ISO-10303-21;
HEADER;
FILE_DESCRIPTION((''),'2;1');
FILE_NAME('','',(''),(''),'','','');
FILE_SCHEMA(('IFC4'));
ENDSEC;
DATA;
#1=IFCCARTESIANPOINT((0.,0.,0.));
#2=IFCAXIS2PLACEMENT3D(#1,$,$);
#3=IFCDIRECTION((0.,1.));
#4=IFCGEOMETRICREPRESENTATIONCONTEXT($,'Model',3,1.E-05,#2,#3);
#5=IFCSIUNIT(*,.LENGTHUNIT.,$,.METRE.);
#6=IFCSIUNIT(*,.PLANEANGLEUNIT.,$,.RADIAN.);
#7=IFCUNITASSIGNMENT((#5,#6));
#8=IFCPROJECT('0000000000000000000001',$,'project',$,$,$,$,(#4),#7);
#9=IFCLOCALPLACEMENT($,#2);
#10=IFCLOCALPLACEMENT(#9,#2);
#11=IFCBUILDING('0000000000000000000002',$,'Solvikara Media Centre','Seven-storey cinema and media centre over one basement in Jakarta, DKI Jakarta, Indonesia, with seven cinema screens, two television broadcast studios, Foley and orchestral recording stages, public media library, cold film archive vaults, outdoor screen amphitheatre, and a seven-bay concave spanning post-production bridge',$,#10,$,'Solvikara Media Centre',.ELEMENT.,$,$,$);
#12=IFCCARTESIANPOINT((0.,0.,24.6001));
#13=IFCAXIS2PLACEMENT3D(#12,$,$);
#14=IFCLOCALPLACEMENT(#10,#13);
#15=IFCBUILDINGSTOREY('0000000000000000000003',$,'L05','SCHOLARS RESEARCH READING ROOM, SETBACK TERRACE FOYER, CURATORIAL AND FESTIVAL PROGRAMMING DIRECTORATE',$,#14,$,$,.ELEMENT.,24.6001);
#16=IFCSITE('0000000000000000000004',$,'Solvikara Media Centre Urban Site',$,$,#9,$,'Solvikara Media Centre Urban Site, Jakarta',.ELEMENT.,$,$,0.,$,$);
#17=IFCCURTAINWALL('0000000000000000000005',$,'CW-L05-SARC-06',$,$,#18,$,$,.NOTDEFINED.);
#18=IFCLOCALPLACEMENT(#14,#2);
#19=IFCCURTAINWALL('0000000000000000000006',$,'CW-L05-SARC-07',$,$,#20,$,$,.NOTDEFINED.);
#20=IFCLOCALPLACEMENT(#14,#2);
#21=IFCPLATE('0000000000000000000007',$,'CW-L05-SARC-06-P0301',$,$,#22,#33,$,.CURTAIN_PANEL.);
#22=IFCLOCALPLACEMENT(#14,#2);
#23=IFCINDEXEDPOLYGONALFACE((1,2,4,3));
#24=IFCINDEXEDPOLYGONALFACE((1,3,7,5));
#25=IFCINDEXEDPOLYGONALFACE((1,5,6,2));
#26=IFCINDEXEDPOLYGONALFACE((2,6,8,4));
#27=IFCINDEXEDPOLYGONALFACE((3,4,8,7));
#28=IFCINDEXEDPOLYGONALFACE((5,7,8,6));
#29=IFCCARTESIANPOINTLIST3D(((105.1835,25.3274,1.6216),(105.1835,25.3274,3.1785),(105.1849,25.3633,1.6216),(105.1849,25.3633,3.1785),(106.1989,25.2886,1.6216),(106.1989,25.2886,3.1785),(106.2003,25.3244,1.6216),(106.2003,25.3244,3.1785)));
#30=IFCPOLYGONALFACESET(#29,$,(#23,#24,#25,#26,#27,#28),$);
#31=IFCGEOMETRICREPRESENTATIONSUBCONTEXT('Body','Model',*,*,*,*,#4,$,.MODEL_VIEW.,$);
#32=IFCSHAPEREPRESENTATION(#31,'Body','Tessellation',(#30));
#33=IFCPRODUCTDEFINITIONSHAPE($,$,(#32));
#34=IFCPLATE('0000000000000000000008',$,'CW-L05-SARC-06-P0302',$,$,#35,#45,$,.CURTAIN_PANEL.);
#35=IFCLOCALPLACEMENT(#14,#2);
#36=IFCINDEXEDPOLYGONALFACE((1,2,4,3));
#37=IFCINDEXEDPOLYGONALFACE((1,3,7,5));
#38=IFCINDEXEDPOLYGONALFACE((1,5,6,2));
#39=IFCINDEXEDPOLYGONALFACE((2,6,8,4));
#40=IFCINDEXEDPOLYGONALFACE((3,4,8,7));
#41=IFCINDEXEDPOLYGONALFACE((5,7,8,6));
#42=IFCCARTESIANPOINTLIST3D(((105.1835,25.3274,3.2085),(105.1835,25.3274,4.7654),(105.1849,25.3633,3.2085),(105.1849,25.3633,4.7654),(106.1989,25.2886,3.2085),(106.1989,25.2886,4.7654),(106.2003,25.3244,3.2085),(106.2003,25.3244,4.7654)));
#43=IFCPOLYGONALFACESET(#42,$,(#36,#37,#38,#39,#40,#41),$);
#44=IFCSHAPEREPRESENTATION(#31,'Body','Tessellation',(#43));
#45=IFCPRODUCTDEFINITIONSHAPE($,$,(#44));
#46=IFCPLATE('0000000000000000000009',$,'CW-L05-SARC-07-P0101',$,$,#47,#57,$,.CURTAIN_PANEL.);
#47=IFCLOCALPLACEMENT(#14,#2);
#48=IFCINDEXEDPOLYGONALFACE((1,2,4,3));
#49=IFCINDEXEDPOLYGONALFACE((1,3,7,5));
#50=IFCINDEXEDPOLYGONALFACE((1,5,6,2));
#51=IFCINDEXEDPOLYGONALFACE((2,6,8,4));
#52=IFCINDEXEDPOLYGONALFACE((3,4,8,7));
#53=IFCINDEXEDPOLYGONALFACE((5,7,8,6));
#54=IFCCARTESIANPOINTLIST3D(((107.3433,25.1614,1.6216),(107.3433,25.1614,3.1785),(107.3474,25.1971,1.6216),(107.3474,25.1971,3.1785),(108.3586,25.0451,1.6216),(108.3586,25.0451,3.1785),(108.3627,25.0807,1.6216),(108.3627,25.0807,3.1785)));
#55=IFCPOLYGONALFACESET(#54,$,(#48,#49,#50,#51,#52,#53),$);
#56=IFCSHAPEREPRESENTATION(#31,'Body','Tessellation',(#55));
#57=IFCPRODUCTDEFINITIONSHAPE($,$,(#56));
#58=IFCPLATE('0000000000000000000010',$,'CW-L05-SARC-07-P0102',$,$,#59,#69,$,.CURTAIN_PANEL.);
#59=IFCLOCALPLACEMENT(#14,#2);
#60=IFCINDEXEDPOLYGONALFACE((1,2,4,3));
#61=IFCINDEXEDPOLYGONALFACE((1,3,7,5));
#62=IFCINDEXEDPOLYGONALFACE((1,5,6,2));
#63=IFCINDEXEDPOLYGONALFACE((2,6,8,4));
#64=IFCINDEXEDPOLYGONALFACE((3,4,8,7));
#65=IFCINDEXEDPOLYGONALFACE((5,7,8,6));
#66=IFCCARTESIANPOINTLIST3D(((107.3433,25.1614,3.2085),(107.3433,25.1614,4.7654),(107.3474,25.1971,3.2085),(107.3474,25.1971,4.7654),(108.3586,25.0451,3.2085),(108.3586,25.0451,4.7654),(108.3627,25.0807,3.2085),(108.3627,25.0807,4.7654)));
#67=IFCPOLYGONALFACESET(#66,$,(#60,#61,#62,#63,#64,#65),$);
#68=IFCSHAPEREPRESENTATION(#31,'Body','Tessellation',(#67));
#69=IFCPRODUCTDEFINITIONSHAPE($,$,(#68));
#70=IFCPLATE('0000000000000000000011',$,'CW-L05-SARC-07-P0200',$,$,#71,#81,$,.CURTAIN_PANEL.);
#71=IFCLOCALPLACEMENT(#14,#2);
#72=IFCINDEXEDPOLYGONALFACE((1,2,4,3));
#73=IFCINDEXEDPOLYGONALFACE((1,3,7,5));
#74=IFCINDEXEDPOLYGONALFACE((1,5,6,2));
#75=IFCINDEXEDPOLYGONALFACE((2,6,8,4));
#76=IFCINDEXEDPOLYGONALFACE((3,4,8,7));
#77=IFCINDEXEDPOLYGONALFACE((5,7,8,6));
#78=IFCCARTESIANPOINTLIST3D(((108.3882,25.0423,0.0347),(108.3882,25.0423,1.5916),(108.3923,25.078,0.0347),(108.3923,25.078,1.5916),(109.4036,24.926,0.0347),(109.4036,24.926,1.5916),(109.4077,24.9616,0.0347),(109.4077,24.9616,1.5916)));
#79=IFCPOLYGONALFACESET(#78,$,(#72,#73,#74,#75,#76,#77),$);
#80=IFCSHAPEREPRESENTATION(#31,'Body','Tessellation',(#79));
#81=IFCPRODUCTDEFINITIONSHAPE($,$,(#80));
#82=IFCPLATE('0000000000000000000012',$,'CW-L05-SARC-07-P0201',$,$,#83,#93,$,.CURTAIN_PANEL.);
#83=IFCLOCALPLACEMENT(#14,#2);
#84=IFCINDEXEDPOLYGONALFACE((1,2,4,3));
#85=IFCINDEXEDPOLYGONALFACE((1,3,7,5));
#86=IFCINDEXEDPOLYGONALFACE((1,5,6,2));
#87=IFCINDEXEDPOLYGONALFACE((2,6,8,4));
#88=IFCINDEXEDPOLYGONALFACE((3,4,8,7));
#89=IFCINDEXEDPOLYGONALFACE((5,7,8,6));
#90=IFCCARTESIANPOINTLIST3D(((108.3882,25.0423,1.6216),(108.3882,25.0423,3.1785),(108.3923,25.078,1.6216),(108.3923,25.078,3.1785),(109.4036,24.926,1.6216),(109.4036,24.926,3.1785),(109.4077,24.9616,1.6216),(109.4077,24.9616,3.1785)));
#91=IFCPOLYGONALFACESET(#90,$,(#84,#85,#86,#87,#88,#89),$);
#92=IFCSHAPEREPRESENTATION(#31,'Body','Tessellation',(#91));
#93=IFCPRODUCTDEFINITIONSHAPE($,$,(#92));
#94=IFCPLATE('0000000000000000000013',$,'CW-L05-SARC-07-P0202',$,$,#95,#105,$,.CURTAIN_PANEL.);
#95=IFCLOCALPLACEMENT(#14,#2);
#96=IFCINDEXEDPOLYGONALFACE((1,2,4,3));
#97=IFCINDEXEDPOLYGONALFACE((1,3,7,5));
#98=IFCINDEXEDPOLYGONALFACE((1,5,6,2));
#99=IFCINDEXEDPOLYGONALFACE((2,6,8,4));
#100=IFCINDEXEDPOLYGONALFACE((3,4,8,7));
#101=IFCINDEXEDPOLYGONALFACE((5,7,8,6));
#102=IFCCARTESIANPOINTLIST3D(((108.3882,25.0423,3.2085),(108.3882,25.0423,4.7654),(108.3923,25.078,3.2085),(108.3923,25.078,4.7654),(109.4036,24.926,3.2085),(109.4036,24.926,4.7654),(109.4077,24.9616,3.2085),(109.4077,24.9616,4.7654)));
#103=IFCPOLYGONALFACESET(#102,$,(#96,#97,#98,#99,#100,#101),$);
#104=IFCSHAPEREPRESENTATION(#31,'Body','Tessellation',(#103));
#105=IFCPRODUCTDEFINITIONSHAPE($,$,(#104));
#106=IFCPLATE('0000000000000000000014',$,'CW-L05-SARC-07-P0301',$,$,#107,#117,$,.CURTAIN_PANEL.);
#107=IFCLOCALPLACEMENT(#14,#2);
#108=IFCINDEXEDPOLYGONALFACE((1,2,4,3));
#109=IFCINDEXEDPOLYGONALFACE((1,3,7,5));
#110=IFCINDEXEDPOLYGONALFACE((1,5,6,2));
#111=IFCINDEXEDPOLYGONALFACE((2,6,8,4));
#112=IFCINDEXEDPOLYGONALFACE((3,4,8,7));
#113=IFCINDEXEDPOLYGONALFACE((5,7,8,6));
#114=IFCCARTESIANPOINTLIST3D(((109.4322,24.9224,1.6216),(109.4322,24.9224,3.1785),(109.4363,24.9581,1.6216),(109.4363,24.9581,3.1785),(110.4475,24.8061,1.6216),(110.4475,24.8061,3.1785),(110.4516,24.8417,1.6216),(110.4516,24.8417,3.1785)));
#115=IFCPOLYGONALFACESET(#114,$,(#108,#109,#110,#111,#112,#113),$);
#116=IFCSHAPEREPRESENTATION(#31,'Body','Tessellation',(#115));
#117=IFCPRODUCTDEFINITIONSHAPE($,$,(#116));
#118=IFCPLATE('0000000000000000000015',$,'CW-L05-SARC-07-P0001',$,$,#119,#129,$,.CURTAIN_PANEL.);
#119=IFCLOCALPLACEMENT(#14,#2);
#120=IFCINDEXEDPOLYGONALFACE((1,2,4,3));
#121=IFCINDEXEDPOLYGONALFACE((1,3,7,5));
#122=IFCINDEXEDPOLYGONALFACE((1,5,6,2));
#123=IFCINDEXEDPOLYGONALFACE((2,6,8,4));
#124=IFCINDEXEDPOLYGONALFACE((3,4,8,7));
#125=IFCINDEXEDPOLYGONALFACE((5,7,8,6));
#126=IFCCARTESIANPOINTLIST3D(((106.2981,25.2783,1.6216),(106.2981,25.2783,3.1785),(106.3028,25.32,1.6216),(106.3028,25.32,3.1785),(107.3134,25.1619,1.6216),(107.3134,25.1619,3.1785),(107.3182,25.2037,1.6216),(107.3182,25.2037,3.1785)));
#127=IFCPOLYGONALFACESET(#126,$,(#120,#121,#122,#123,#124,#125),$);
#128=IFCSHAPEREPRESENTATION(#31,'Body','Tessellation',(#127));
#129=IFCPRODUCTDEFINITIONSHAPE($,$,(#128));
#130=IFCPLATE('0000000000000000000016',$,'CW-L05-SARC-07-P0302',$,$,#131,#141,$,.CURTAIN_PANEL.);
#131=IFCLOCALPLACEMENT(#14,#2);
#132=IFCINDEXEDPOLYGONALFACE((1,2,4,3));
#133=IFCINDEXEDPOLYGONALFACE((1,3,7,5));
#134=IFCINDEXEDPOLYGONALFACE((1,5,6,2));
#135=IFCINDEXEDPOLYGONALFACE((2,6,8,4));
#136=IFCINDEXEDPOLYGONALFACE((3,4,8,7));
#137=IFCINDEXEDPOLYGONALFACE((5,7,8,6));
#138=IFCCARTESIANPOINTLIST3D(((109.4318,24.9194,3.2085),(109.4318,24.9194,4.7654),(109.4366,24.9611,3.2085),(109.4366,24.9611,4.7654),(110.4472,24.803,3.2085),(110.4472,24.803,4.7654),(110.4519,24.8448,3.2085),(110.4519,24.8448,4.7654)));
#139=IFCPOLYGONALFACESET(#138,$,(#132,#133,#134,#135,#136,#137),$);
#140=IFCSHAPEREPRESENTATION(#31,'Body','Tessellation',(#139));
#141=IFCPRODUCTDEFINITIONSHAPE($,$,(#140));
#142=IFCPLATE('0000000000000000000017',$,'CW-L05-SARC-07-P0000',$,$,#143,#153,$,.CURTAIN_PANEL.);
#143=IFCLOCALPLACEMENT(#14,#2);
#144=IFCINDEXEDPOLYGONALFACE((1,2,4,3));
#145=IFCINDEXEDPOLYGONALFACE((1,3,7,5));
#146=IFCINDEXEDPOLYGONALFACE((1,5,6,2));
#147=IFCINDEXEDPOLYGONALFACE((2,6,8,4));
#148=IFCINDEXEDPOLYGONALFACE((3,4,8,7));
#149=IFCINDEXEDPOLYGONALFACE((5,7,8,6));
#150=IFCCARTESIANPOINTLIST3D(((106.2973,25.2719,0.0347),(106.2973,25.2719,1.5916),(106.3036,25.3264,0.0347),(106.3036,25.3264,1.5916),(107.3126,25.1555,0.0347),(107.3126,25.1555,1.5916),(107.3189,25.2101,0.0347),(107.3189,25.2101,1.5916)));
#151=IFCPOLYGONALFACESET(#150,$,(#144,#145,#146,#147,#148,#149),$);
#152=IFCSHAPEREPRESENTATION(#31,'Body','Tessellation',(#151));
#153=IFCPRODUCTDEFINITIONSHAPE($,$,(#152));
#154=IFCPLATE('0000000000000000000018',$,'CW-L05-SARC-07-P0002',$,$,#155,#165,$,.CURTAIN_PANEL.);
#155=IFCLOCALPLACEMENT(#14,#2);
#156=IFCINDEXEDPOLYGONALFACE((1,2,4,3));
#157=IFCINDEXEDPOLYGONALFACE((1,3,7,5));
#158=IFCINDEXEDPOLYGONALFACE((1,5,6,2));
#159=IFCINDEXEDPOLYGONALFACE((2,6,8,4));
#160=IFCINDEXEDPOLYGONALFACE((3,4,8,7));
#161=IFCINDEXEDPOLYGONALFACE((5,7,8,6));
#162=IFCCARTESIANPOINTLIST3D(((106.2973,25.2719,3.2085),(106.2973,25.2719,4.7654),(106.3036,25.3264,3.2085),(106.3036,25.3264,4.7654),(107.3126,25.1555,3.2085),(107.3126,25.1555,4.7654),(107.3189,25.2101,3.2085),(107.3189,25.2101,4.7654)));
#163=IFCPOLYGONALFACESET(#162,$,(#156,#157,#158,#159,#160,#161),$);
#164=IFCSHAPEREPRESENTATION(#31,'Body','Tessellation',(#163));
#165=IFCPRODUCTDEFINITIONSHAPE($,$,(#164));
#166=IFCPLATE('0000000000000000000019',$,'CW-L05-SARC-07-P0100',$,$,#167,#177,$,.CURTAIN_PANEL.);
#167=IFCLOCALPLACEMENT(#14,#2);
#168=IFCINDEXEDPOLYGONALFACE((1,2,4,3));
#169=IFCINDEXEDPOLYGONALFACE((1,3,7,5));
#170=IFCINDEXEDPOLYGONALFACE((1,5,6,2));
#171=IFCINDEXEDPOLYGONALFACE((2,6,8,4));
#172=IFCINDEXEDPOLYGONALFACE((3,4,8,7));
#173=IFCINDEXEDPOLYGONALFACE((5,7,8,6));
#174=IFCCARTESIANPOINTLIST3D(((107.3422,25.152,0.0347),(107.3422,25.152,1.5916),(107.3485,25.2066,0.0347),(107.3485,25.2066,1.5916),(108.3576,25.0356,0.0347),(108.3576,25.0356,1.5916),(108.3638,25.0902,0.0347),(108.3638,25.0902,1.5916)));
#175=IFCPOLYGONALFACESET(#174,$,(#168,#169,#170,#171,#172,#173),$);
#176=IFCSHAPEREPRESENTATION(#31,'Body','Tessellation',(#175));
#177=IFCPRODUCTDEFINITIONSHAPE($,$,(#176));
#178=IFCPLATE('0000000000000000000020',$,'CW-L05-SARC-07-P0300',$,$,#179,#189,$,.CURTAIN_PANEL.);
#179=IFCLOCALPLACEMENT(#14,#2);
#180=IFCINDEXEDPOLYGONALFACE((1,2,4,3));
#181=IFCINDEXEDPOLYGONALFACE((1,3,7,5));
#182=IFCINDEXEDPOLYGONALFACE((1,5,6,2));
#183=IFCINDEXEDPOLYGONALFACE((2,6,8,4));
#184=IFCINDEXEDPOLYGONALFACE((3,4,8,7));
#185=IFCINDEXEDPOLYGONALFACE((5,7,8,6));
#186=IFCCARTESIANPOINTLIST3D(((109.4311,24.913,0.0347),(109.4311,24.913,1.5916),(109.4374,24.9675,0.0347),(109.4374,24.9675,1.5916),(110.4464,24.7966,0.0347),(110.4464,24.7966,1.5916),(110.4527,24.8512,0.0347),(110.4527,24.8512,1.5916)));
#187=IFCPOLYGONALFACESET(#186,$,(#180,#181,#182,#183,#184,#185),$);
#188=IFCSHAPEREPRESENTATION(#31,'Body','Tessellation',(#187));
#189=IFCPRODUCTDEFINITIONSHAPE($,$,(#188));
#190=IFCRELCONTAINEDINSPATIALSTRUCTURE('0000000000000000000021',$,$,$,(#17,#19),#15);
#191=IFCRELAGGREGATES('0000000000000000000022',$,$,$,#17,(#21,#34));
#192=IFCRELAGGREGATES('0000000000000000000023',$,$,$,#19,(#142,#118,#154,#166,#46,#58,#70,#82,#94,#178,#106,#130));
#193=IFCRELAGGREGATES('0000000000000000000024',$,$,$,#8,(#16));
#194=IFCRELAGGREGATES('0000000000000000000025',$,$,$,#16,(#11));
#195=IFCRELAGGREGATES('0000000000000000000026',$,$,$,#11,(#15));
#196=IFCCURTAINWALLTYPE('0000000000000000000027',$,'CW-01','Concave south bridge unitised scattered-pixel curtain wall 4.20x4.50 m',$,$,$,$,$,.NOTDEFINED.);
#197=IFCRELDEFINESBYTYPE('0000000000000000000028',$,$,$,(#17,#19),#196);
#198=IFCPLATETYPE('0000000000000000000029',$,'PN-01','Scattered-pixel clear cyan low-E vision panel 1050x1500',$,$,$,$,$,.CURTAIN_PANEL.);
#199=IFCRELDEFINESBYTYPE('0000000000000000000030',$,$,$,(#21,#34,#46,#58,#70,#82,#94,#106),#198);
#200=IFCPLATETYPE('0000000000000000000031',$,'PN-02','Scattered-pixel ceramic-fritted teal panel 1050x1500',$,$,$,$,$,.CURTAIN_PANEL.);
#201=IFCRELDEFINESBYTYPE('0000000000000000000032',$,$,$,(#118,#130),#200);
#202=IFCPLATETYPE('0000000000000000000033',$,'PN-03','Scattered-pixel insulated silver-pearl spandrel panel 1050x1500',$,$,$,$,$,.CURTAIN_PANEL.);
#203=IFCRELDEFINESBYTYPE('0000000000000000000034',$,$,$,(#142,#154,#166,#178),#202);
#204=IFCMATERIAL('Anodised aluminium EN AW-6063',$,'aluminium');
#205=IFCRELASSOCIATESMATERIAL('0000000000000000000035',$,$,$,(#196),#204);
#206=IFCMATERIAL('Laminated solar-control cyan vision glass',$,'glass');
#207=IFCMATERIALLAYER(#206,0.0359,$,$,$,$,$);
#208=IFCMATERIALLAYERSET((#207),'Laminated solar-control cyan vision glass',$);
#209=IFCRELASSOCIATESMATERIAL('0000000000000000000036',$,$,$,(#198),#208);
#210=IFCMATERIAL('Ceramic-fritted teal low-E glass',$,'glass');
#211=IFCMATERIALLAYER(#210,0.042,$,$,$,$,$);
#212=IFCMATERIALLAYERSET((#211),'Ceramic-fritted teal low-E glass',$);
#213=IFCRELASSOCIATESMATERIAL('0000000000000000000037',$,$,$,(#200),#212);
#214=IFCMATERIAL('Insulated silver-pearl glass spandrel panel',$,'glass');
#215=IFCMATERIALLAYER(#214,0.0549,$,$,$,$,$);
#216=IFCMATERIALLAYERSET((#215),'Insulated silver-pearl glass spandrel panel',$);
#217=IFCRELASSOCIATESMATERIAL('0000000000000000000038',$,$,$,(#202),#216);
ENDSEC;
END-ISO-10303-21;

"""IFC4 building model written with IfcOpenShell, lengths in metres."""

from ifc_helpers import new_model, si_unit, direction, frame, origin, origin_2d, place, context, subcontext, project, spatial, rectangle, extrude, material, layer, layer_set, type_object, element, aggregate, save


model = new_model("IFC4")

# Units and contexts
model_context = context("Model", 3, precision=1e-05, world=origin(), true_north=direction((0.0, 1.0)))
body_context = subcontext(model_context, "Body", "Model", "MODEL_VIEW")
ifc_project = project(units=[si_unit("LENGTHUNIT", "METRE"), si_unit("PLANEANGLEUNIT", "RADIAN")], contexts=[model_context])

# Site, building, storey
site_placement = place(None, origin())
site = spatial("IfcSite", under=ifc_project, at=site_placement, Name="Solvikara Media Centre Urban Site", LongName="Solvikara Media Centre Urban Site, Jakarta", CompositionType="ELEMENT", RefElevation=0.0)
building_placement = place(site_placement, origin())
building = spatial("IfcBuilding", under=site, at=building_placement, Name="Solvikara Media Centre", Description="Seven-storey cinema and media centre over one basement in Jakarta, DKI Jakarta, Indonesia, with seven cinema screens, two television broadcast studios, Foley and orchestral recording stages, public media library, cold film archive vaults, outdoor screen amphitheatre, and a seven-bay concave spanning post-production bridge", LongName="Solvikara Media Centre", CompositionType="ELEMENT")
storey_placement = place(building_placement, frame((0.0, 0.0, 24.6001)))
storey = spatial("IfcBuildingStorey", under=building, at=storey_placement, Name="L05", Description="SCHOLARS RESEARCH READING ROOM, SETBACK TERRACE FOYER, CURATORIAL AND FESTIVAL PROGRAMMING DIRECTORATE", CompositionType="ELEMENT", Elevation=24.6001)

# Curtain walls
ifc_material_1 = material(Name="Anodised aluminium EN AW-6063", Category="aluminium")
curtain_wall_type = type_object("IfcCurtainWallType", Name="CW-01", Description="Concave south bridge unitised scattered-pixel curtain wall 4.20x4.50 m", PredefinedType="NOTDEFINED", material=ifc_material_1)
curtain_wall_1_placement = place(storey_placement, origin())
curtain_wall_1 = element("IfcCurtainWall", 1, at=curtain_wall_1_placement, inside=storey, type_object=curtain_wall_type, Name="CW-L05-SARC-06", PredefinedType="NOTDEFINED")
curtain_wall_2_placement = place(storey_placement, origin())
curtain_wall_2 = element("IfcCurtainWall", 2, at=curtain_wall_2_placement, inside=storey, type_object=curtain_wall_type, Name="CW-L05-SARC-07", PredefinedType="NOTDEFINED")

# Plates
ifc_material_2 = material(Name="Laminated solar-control cyan vision glass", Category="glass")
ifc_layer_1 = layer(ifc_material_2, 0.0359)
ifc_layer_set_1 = layer_set([ifc_layer_1], Name="Laminated solar-control cyan vision glass")
plate_type_1 = type_object("IfcPlateType", Name="PN-01", Description="Scattered-pixel clear cyan low-E vision panel 1050x1500", PredefinedType="CURTAIN_PANEL", material=ifc_layer_set_1)
plate_1_placement = place(storey_placement, frame((105.6919, 25.3259, 1.6216), z_axis=(0.0, 0.0, 1.0), x_axis=(0.999268, -0.038248, 0.0)))
plate_1 = element("IfcPlate", 3, at=plate_1_placement, type_object=plate_type_1, Name="CW-L05-SARC-06-P0301", PredefinedType="CURTAIN_PANEL", context=body_context, shape_type="SweptSolid", body=[
    extrude(rectangle(XDim=1.0161, YDim=0.0359, at=origin_2d()), origin(), (0.0, 0.0, 1.0), 1.5569),
])
plate_2_placement = place(storey_placement, frame((105.6919, 25.3259, 3.2085), z_axis=(0.0, 0.0, 1.0), x_axis=(0.999268, -0.038248, 0.0)))
plate_2 = element("IfcPlate", 4, at=plate_2_placement, type_object=plate_type_1, Name="CW-L05-SARC-06-P0302", PredefinedType="CURTAIN_PANEL", context=body_context, shape_type="SweptSolid", body=[
    extrude(rectangle(XDim=1.0161, YDim=0.0359, at=origin_2d()), origin(), (0.0, 0.0, 1.0), 1.5569),
])
aggregate(curtain_wall_1, [plate_1, plate_2])
plate_3_placement = place(storey_placement, frame((107.853, 25.1211, 1.6216), z_axis=(0.0, 0.0, 1.0), x_axis=(0.993499, -0.113845, 0.0)))
plate_3 = element("IfcPlate", 5, at=plate_3_placement, type_object=plate_type_1, Name="CW-L05-SARC-07-P0101", PredefinedType="CURTAIN_PANEL", context=body_context, shape_type="SweptSolid", body=[
    extrude(rectangle(XDim=1.022, YDim=0.0359, at=origin_2d()), origin(), (0.0, 0.0, 1.0), 1.5569),
])
plate_4_placement = place(storey_placement, frame((107.853, 25.1211, 3.2085), z_axis=(0.0, 0.0, 1.0), x_axis=(0.993499, -0.113845, 0.0)))
plate_4 = element("IfcPlate", 6, at=plate_4_placement, type_object=plate_type_1, Name="CW-L05-SARC-07-P0102", PredefinedType="CURTAIN_PANEL", context=body_context, shape_type="SweptSolid", body=[
    extrude(rectangle(XDim=1.022, YDim=0.0359, at=origin_2d()), origin(), (0.0, 0.0, 1.0), 1.5569),
])
plate_5_placement = place(storey_placement, frame((108.8979, 25.002, 0.0347), z_axis=(0.0, 0.0, 1.0), x_axis=(0.993499, -0.113845, 0.0)))
plate_5 = element("IfcPlate", 7, at=plate_5_placement, type_object=plate_type_1, Name="CW-L05-SARC-07-P0200", PredefinedType="CURTAIN_PANEL", context=body_context, shape_type="SweptSolid", body=[
    extrude(rectangle(XDim=1.022, YDim=0.0359, at=origin_2d()), origin(), (0.0, 0.0, 1.0), 1.5569),
])
plate_6_placement = place(storey_placement, frame((108.8979, 25.002, 1.6216), z_axis=(0.0, 0.0, 1.0), x_axis=(0.993499, -0.113845, 0.0)))
plate_6 = element("IfcPlate", 8, at=plate_6_placement, type_object=plate_type_1, Name="CW-L05-SARC-07-P0201", PredefinedType="CURTAIN_PANEL", context=body_context, shape_type="SweptSolid", body=[
    extrude(rectangle(XDim=1.022, YDim=0.0359, at=origin_2d()), origin(), (0.0, 0.0, 1.0), 1.5569),
])
plate_7_placement = place(storey_placement, frame((108.8979, 25.002, 3.2085), z_axis=(0.0, 0.0, 1.0), x_axis=(0.993499, -0.113845, 0.0)))
plate_7 = element("IfcPlate", 9, at=plate_7_placement, type_object=plate_type_1, Name="CW-L05-SARC-07-P0202", PredefinedType="CURTAIN_PANEL", context=body_context, shape_type="SweptSolid", body=[
    extrude(rectangle(XDim=1.022, YDim=0.0359, at=origin_2d()), origin(), (0.0, 0.0, 1.0), 1.5569),
])
plate_8_placement = place(storey_placement, frame((109.9419, 24.8821, 1.6216), z_axis=(0.0, 0.0, 1.0), x_axis=(0.993499, -0.113845, 0.0)))
plate_8 = element("IfcPlate", 10, at=plate_8_placement, type_object=plate_type_1, Name="CW-L05-SARC-07-P0301", PredefinedType="CURTAIN_PANEL", context=body_context, shape_type="SweptSolid", body=[
    extrude(rectangle(XDim=1.022, YDim=0.0359, at=origin_2d()), origin(), (0.0, 0.0, 1.0), 1.5569),
])
ifc_material_3 = material(Name="Ceramic-fritted teal low-E glass", Category="glass")
ifc_layer_2 = layer(ifc_material_3, 0.042)
ifc_layer_set_2 = layer_set([ifc_layer_2], Name="Ceramic-fritted teal low-E glass")
plate_type_2 = type_object("IfcPlateType", Name="PN-02", Description="Scattered-pixel ceramic-fritted teal panel 1050x1500", PredefinedType="CURTAIN_PANEL", material=ifc_layer_set_2)
plate_9_placement = place(storey_placement, frame((106.8081, 25.241, 1.6216), z_axis=(0.0, 0.0, 1.0), x_axis=(0.993499, -0.113845, 0.0)))
plate_9 = element("IfcPlate", 11, at=plate_9_placement, type_object=plate_type_2, Name="CW-L05-SARC-07-P0001", PredefinedType="CURTAIN_PANEL", context=body_context, shape_type="SweptSolid", body=[
    extrude(rectangle(XDim=1.022, YDim=0.042, at=origin_2d()), origin(), (0.0, 0.0, 1.0), 1.5569),
])
plate_10_placement = place(storey_placement, frame((109.9419, 24.8821, 3.2085), z_axis=(0.0, 0.0, 1.0), x_axis=(0.993499, -0.113845, 0.0)))
plate_10 = element("IfcPlate", 12, at=plate_10_placement, type_object=plate_type_2, Name="CW-L05-SARC-07-P0302", PredefinedType="CURTAIN_PANEL", context=body_context, shape_type="SweptSolid", body=[
    extrude(rectangle(XDim=1.022, YDim=0.042, at=origin_2d()), origin(), (0.0, 0.0, 1.0), 1.5569),
])
ifc_material_4 = material(Name="Insulated silver-pearl glass spandrel panel", Category="glass")
ifc_layer_3 = layer(ifc_material_4, 0.0549)
ifc_layer_set_3 = layer_set([ifc_layer_3], Name="Insulated silver-pearl glass spandrel panel")
plate_type_3 = type_object("IfcPlateType", Name="PN-03", Description="Scattered-pixel insulated silver-pearl spandrel panel 1050x1500", PredefinedType="CURTAIN_PANEL", material=ifc_layer_set_3)
plate_11_placement = place(storey_placement, frame((106.8081, 25.241, 0.0347), z_axis=(0.0, 0.0, 1.0), x_axis=(0.993499, -0.113845, 0.0)))
plate_11 = element("IfcPlate", 13, at=plate_11_placement, type_object=plate_type_3, Name="CW-L05-SARC-07-P0000", PredefinedType="CURTAIN_PANEL", context=body_context, shape_type="SweptSolid", body=[
    extrude(rectangle(XDim=1.022, YDim=0.0549, at=origin_2d()), origin(), (0.0, 0.0, 1.0), 1.5569),
])
plate_12_placement = place(storey_placement, frame((106.8081, 25.241, 3.2085), z_axis=(0.0, 0.0, 1.0), x_axis=(0.993499, -0.113845, 0.0)))
plate_12 = element("IfcPlate", 14, at=plate_12_placement, type_object=plate_type_3, Name="CW-L05-SARC-07-P0002", PredefinedType="CURTAIN_PANEL", context=body_context, shape_type="SweptSolid", body=[
    extrude(rectangle(XDim=1.022, YDim=0.0549, at=origin_2d()), origin(), (0.0, 0.0, 1.0), 1.5569),
])
plate_13_placement = place(storey_placement, frame((107.853, 25.1211, 0.0347), z_axis=(0.0, 0.0, 1.0), x_axis=(0.993499, -0.113845, 0.0)))
plate_13 = element("IfcPlate", 15, at=plate_13_placement, type_object=plate_type_3, Name="CW-L05-SARC-07-P0100", PredefinedType="CURTAIN_PANEL", context=body_context, shape_type="SweptSolid", body=[
    extrude(rectangle(XDim=1.022, YDim=0.0549, at=origin_2d()), origin(), (0.0, 0.0, 1.0), 1.5569),
])
plate_14_placement = place(storey_placement, frame((109.9419, 24.8821, 0.0347), z_axis=(0.0, 0.0, 1.0), x_axis=(0.993499, -0.113845, 0.0)))
plate_14 = element("IfcPlate", 16, at=plate_14_placement, type_object=plate_type_3, Name="CW-L05-SARC-07-P0300", PredefinedType="CURTAIN_PANEL", context=body_context, shape_type="SweptSolid", body=[
    extrude(rectangle(XDim=1.022, YDim=0.0549, at=origin_2d()), origin(), (0.0, 0.0, 1.0), 1.5569),
])
aggregate(curtain_wall_2, [plate_11, plate_9, plate_12, plate_13, plate_3, plate_4, plate_5, plate_6, plate_7, plate_14, plate_8, plate_10])

save(model, "model.ifc")
